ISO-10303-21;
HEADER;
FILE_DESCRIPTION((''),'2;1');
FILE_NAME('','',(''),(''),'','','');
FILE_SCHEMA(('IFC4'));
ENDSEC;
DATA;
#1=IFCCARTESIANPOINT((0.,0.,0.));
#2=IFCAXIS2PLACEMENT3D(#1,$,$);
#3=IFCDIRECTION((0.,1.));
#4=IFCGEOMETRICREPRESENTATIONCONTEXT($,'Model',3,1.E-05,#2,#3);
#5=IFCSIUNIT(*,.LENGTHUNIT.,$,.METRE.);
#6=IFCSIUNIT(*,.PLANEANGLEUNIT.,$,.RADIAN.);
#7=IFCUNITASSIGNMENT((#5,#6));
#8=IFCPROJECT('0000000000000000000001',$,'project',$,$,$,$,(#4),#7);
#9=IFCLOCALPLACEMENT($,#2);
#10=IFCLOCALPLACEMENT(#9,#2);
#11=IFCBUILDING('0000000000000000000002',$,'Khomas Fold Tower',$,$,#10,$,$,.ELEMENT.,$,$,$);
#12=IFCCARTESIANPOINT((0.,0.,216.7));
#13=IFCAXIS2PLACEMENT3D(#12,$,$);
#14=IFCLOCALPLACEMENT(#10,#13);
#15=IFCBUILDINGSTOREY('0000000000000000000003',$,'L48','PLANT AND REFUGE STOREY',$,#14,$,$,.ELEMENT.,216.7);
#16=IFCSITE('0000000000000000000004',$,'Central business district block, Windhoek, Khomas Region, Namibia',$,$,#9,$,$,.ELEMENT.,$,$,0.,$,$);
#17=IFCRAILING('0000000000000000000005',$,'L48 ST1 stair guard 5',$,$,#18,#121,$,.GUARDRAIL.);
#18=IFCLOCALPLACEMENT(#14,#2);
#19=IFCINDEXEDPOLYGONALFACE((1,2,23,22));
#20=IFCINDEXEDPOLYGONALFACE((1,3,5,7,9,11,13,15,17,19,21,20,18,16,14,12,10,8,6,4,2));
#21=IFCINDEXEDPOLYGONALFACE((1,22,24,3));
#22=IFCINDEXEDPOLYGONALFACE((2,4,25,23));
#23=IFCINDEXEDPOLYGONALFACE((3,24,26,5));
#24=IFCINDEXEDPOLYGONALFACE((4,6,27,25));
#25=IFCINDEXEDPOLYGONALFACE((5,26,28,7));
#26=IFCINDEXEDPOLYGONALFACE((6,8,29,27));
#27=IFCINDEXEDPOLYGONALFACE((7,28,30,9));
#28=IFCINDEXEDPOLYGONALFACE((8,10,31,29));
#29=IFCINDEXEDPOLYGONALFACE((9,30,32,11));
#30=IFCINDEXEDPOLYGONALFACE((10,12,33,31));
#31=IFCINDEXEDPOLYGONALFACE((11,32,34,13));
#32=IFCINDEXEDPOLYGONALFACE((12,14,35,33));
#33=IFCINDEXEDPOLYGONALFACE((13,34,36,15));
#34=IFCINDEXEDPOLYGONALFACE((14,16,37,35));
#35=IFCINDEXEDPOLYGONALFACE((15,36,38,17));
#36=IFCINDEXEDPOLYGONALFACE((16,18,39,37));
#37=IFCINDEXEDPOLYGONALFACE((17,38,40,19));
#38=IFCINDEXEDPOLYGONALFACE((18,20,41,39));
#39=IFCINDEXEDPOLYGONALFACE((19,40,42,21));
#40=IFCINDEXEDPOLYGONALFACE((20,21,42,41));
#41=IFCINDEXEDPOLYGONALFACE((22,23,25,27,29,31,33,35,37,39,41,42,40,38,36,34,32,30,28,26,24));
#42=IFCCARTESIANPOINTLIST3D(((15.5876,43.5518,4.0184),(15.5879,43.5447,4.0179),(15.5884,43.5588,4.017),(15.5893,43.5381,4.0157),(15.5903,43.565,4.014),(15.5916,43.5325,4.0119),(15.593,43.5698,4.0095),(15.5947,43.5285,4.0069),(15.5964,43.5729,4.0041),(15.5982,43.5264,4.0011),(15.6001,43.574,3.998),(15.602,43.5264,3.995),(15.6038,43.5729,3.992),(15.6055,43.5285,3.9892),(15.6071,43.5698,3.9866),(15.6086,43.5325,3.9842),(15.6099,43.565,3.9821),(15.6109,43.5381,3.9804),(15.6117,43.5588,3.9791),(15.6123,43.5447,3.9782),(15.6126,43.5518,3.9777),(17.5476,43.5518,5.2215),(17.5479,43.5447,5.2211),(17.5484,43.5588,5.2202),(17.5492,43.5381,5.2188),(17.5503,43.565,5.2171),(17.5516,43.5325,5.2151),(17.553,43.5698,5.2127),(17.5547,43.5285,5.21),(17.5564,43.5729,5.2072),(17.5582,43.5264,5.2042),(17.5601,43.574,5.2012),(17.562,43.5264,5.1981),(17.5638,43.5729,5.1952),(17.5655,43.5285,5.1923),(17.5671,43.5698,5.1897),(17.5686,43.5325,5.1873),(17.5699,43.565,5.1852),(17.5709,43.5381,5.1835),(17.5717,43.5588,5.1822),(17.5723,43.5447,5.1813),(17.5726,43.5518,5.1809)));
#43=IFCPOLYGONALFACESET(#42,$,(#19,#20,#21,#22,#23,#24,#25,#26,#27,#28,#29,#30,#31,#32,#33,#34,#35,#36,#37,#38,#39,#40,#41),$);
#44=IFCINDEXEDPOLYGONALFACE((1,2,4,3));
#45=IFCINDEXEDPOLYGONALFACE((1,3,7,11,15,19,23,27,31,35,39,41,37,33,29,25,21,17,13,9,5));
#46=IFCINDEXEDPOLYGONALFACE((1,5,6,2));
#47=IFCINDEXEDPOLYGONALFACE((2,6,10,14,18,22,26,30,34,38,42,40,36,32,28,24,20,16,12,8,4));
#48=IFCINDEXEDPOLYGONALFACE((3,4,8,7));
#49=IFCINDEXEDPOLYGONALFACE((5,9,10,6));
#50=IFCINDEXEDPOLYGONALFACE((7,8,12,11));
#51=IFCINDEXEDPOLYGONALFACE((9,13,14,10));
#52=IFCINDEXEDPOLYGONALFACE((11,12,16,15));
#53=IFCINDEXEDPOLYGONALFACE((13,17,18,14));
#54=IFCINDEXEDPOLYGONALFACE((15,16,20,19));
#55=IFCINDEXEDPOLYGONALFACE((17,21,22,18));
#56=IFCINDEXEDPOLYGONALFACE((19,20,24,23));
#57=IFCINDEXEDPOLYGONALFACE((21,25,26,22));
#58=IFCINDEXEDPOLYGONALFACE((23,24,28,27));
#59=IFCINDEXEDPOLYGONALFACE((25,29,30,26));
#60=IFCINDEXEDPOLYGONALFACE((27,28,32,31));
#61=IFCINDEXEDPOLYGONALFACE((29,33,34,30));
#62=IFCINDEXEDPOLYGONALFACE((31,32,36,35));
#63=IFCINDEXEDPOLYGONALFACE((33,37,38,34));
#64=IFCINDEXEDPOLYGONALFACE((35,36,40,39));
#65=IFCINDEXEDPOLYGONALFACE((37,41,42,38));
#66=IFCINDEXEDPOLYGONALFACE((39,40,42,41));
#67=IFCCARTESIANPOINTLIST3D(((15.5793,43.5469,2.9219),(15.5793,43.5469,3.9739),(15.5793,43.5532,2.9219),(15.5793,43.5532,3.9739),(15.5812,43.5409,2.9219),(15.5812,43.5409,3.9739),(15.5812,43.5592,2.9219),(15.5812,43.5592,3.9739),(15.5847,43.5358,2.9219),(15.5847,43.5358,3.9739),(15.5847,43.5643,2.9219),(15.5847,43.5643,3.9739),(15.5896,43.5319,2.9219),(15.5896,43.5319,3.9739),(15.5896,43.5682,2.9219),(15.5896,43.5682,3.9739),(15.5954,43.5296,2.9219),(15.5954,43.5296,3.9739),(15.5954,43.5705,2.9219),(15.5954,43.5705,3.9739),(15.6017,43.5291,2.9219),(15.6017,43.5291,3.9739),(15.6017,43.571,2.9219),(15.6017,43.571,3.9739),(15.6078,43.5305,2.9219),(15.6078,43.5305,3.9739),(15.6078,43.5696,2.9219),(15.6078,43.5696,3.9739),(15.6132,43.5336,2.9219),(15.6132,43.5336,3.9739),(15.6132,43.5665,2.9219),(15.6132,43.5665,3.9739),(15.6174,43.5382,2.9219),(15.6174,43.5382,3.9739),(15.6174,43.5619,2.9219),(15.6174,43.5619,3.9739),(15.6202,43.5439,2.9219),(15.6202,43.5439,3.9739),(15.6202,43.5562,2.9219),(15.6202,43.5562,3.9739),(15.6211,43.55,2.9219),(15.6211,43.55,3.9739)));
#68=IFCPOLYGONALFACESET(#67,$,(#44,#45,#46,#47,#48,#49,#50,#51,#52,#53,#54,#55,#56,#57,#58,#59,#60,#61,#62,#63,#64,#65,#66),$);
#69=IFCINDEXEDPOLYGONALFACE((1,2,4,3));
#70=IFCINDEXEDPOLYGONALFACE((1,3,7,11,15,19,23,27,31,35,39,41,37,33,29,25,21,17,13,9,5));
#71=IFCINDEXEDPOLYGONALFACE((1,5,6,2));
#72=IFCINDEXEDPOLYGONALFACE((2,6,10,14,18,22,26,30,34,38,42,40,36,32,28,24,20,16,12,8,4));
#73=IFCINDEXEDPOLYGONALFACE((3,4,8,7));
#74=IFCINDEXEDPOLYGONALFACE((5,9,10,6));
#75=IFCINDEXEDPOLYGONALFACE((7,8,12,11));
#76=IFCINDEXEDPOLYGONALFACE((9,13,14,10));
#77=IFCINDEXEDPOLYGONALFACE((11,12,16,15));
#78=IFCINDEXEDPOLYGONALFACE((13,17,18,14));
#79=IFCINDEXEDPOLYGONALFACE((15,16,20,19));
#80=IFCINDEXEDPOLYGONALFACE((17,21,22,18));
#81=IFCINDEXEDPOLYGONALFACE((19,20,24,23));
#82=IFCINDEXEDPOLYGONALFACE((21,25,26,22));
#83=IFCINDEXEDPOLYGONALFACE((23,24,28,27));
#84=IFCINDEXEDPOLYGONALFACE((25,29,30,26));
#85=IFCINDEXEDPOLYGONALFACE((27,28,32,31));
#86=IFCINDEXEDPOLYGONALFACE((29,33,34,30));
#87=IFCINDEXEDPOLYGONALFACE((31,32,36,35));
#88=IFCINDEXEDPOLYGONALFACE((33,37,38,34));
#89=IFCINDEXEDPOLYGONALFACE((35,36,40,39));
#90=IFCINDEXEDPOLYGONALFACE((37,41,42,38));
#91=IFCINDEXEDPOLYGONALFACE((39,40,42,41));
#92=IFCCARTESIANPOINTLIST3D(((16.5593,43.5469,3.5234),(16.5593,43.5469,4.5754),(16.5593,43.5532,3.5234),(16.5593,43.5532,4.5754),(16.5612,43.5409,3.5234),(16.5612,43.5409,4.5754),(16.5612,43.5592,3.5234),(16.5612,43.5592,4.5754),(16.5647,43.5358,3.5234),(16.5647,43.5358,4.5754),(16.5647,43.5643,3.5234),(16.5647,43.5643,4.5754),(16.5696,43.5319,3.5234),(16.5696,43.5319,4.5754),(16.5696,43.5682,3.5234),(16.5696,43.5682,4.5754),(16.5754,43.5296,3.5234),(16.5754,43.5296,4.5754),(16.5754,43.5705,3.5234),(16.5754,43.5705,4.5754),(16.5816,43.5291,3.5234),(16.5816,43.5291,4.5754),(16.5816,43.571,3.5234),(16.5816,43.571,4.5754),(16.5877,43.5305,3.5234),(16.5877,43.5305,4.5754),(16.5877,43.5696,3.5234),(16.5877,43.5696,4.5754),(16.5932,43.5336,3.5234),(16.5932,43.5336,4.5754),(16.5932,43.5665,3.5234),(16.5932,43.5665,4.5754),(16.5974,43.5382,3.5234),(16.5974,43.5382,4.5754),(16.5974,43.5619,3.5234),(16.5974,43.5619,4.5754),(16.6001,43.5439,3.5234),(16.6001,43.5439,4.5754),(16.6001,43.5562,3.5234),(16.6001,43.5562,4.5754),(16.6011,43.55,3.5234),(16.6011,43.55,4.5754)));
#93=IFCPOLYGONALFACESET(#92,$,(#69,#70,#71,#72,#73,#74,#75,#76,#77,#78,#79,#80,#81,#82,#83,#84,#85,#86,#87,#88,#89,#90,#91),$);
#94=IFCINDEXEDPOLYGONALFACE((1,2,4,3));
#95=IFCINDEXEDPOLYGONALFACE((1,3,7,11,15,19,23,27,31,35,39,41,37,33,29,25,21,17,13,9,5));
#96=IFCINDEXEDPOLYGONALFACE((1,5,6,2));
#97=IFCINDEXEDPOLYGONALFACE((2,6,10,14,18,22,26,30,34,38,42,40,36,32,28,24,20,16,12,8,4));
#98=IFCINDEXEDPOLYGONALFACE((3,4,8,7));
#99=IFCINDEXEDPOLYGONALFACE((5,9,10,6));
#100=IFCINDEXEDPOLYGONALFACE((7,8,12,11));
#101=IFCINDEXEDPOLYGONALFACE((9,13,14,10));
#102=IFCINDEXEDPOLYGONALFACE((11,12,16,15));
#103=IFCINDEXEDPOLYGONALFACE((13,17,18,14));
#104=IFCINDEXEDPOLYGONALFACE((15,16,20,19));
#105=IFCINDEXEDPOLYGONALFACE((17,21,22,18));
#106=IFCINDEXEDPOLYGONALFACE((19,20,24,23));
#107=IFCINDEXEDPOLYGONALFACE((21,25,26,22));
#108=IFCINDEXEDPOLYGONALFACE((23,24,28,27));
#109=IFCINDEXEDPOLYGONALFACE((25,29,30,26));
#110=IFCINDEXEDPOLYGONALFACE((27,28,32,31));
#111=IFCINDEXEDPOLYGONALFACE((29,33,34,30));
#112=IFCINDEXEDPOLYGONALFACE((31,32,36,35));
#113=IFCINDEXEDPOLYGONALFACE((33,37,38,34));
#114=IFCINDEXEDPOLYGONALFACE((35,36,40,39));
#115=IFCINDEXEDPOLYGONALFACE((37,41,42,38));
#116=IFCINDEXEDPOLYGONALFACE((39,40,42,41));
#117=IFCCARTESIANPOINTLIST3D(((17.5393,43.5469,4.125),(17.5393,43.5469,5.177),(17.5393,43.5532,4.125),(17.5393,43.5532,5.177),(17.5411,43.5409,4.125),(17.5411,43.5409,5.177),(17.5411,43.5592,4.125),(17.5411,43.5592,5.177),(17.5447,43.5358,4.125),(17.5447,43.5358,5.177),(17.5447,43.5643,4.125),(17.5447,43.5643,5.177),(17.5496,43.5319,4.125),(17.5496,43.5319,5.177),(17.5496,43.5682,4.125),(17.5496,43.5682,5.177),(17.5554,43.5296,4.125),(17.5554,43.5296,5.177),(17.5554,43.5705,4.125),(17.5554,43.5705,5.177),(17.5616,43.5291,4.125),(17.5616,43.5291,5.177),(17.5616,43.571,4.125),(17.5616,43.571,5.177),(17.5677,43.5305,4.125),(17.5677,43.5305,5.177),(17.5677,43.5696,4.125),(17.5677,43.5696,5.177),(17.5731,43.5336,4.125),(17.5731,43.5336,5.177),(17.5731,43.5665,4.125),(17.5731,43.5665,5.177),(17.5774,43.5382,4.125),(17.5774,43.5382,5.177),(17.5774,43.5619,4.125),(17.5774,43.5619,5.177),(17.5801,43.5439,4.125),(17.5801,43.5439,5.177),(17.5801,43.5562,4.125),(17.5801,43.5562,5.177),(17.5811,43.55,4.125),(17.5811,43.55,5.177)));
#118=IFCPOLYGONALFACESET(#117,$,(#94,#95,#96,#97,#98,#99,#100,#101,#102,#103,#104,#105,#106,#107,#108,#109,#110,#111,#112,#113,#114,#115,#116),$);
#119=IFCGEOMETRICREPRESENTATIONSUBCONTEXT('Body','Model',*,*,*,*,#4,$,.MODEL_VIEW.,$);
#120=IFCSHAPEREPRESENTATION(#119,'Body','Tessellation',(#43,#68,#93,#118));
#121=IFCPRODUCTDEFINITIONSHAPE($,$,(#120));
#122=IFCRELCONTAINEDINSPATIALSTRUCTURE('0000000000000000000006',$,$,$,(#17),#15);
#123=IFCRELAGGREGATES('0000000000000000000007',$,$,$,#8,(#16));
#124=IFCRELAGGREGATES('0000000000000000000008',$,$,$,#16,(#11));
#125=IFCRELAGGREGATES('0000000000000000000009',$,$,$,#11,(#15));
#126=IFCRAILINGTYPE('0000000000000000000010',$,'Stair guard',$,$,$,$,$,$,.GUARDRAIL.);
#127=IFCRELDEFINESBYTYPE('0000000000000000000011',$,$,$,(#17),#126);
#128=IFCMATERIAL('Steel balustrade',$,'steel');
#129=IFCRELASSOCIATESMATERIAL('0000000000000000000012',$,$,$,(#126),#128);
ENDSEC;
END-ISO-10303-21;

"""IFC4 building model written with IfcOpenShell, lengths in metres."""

from ifc_helpers import new_model, si_unit, direction, frame, origin, origin_2d, place, context, subcontext, project, spatial, circle, extrude, source, transform, mapped, material, type_object, element, save


model = new_model("IFC4")

# Units and contexts
model_context = context("Model", 3, precision=1e-05, world=origin(), true_north=direction((0.0, 1.0)))
body_context = subcontext(model_context, "Body", "Model", "MODEL_VIEW")
ifc_project = project(units=[si_unit("LENGTHUNIT", "METRE"), si_unit("PLANEANGLEUNIT", "RADIAN")], contexts=[model_context])

# Site, building, storey
site_placement = place(None, origin())
site = spatial("IfcSite", under=ifc_project, at=site_placement, Name="Central business district block, Windhoek, Khomas Region, Namibia", CompositionType="ELEMENT", RefElevation=0.0)
building_placement = place(site_placement, origin())
building = spatial("IfcBuilding", under=site, at=building_placement, Name="Khomas Fold Tower", CompositionType="ELEMENT")
storey_placement = place(building_placement, frame((0.0, 0.0, 216.7)))
storey = spatial("IfcBuildingStorey", under=building, at=storey_placement, Name="L48", Description="PLANT AND REFUGE STOREY", CompositionType="ELEMENT", Elevation=216.7)

# Railing
ifc_material_1 = material(Name="Steel balustrade", Category="steel")
railing_type = type_object("IfcRailingType", Name="Stair guard", PredefinedType="GUARDRAIL", material=ifc_material_1)
shared_shape_1 = source(origin(), body_context, "Body", "SweptSolid", [
    extrude(circle(Radius=0.0239, at=origin_2d()), frame((0.0, 0.0, 1.0762), z_axis=(0.852241, 0.0, 0.523149), x_axis=(0.0, 1.0, 0.0)), (0.0, 0.0, 1.0), 2.2998),
    extrude(circle(Radius=0.021, at=origin_2d()), origin(), (0.0, 0.0, 1.0), 1.052),
    extrude(circle(Radius=0.021, at=origin_2d()), frame((0.98, 0.0, 0.6016)), (0.0, 0.0, 1.0), 1.052),
    extrude(circle(Radius=0.021, at=origin_2d()), frame((1.96, 0.0, 1.2031)), (0.0, 0.0, 1.0), 1.052),
])
for number, where, name in (
    (1, (15.6001, 43.55, 2.9219), "L48 ST1 stair guard 5"),
):
    element("IfcRailing", number, at=place(storey_placement, frame(where)), inside=storey, type_object=railing_type, Name=name, PredefinedType="GUARDRAIL", context=body_context, shape_type="MappedRepresentation", body=[
        mapped(shared_shape_1, transform((0.0, 0.0, 0.0))),
    ])

save(model, "model.ifc")
